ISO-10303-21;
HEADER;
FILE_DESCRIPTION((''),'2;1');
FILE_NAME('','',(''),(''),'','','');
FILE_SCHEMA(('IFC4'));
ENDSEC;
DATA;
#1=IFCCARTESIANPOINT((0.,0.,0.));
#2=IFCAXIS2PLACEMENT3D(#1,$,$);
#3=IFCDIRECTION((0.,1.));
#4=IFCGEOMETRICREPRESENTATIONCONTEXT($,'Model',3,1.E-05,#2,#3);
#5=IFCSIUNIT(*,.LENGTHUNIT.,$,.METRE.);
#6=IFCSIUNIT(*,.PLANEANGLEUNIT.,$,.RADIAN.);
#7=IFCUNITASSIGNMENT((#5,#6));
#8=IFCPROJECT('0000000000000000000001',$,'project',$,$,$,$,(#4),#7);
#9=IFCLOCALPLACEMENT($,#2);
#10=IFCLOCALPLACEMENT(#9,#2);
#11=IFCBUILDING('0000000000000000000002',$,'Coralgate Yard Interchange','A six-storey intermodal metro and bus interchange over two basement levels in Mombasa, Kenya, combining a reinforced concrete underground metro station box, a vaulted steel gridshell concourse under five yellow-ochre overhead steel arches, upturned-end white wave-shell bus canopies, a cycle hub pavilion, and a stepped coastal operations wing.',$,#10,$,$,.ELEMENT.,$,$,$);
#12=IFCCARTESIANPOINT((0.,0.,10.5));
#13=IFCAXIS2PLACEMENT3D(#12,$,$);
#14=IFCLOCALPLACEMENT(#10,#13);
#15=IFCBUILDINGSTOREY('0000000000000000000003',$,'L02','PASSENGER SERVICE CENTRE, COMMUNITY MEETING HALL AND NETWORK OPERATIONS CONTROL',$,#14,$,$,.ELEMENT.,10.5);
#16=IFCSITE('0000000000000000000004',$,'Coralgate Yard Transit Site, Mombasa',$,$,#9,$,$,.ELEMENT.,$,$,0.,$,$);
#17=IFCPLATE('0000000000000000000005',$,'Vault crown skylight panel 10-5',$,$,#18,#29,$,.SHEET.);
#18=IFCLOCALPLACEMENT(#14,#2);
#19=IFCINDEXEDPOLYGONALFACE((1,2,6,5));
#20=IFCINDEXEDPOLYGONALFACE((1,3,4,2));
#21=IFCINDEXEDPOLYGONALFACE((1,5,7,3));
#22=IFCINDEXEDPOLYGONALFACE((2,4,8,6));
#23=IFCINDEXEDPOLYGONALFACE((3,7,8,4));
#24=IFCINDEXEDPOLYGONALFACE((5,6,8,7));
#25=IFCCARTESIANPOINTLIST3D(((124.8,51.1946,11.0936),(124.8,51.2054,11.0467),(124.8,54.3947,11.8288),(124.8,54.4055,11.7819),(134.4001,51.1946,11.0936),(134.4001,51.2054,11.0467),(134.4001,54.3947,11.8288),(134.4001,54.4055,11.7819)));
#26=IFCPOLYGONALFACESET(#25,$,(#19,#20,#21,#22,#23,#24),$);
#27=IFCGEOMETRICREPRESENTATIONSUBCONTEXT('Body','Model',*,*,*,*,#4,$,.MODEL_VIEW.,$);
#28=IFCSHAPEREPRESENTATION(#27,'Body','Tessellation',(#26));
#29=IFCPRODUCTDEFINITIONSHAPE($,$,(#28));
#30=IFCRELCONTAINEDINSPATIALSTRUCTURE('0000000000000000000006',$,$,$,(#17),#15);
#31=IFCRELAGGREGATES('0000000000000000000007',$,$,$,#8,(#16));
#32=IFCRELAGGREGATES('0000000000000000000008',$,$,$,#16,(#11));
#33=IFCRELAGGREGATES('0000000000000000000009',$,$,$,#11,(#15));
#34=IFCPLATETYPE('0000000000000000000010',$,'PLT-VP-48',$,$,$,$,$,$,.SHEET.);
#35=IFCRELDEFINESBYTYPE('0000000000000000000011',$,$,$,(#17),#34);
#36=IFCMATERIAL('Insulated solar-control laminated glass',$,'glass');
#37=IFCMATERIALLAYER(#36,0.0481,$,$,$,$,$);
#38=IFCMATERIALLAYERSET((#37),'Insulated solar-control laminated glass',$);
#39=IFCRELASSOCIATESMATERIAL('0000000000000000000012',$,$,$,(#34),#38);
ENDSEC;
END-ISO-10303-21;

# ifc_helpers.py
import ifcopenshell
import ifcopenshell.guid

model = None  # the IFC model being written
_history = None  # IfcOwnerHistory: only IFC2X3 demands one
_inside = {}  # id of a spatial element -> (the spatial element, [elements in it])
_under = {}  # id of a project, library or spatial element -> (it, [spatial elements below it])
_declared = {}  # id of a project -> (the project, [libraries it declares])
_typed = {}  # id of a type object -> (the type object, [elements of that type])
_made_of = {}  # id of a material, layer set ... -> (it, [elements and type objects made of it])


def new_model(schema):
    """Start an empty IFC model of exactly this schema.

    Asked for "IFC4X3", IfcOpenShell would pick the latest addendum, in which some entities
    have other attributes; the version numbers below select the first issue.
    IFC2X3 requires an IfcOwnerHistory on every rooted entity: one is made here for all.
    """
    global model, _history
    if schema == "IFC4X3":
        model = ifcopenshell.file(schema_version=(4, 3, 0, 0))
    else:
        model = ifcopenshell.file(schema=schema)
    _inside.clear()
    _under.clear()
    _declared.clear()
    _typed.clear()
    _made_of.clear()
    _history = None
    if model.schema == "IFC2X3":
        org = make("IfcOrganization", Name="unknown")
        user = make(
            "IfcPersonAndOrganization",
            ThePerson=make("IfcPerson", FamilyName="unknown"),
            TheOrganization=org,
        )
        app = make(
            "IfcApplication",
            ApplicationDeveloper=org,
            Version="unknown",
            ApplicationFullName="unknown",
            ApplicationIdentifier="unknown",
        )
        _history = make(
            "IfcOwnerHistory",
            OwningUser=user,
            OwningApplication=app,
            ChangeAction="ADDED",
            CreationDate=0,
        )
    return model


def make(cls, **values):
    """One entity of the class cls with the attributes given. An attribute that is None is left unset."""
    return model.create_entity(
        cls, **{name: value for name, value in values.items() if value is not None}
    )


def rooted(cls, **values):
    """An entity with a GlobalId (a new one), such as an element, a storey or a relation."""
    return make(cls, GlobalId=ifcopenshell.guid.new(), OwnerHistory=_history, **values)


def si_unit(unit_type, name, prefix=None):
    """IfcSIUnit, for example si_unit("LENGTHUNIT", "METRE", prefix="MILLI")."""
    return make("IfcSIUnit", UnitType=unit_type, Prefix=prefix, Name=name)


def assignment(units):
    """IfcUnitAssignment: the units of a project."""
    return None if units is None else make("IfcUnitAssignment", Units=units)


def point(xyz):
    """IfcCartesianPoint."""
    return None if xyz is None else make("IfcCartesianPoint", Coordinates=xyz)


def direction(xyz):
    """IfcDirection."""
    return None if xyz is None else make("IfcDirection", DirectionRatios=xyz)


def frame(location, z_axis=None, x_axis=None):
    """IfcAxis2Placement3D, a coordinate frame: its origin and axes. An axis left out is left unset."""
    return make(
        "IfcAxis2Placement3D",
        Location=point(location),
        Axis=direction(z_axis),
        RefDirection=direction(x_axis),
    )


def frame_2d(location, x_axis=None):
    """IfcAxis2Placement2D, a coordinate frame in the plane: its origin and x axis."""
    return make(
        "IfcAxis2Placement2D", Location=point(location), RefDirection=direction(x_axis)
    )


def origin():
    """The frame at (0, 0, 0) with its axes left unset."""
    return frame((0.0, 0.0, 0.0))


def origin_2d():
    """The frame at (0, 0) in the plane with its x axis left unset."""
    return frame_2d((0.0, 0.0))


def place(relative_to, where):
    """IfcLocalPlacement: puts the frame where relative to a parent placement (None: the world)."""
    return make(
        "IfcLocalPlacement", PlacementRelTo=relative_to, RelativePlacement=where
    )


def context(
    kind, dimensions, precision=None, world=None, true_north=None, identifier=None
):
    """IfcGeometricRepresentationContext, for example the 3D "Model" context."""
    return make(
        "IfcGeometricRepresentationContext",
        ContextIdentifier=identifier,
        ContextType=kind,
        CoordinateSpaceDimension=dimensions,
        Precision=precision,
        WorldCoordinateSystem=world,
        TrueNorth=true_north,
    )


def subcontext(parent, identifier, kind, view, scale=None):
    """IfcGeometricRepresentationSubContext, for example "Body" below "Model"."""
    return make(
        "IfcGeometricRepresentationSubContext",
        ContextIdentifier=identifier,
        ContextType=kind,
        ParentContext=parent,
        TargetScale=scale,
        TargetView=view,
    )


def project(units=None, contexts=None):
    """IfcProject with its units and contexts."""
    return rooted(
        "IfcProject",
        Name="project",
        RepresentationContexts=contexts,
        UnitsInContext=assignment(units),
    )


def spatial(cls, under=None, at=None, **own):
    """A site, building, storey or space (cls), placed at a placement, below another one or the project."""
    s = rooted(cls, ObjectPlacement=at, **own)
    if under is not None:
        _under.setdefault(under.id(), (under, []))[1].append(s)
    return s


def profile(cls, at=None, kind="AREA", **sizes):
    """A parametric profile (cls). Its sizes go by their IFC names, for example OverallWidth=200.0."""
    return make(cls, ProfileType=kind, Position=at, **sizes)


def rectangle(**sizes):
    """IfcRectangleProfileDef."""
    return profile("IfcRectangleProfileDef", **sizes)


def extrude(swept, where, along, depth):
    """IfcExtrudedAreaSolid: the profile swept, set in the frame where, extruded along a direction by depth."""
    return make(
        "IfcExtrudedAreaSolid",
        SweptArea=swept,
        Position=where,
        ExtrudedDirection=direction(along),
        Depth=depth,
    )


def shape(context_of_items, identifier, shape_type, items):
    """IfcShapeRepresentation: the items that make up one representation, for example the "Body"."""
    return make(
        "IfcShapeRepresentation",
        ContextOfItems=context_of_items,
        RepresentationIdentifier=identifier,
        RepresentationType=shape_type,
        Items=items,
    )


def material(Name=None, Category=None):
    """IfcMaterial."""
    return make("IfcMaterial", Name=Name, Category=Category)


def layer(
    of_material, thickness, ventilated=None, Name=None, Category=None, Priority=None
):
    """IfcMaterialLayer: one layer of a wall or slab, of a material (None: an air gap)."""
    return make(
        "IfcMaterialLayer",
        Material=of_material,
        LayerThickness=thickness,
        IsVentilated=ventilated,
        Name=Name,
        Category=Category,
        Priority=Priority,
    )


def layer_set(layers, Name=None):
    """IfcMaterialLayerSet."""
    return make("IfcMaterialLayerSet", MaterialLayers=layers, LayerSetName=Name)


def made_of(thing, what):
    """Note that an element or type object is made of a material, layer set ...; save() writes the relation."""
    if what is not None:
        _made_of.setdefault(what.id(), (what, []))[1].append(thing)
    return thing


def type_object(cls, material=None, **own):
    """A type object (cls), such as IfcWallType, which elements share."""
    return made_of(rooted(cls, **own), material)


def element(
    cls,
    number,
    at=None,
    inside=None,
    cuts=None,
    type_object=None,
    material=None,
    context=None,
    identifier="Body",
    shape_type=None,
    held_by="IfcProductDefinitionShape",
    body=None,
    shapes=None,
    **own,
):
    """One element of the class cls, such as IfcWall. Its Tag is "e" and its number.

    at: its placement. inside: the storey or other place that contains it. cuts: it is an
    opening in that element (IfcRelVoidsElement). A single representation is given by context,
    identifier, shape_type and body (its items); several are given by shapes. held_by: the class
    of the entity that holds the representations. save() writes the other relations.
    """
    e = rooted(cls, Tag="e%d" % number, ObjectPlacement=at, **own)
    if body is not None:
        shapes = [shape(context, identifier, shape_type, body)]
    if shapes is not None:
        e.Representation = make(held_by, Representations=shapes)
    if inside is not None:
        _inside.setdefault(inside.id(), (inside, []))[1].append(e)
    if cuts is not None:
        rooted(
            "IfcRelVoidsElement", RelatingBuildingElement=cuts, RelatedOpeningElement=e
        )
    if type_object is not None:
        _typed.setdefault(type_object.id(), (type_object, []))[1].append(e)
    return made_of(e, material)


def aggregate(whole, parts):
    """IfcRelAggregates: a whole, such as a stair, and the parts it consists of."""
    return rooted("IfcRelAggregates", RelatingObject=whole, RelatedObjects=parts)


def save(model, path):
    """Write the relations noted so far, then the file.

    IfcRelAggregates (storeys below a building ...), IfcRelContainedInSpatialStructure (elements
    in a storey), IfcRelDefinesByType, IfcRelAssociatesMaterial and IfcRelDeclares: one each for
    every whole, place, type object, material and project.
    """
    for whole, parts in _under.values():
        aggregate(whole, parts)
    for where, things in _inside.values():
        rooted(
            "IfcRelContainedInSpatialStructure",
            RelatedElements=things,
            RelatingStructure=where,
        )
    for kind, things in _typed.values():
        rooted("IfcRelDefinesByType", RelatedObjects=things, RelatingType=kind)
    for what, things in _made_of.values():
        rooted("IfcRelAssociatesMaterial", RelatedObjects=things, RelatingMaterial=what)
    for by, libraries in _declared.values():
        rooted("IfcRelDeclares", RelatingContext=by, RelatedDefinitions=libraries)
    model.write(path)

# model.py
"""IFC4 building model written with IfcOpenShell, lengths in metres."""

from ifc_helpers import new_model, si_unit, direction, frame, origin, origin_2d, place, context, subcontext, project, spatial, rectangle, extrude, material, layer, layer_set, type_object, element, save


model = new_model("IFC4")

# Units and contexts
model_context = context("Model", 3, precision=1e-05, world=origin(), true_north=direction((0.0, 1.0)))
body_context = subcontext(model_context, "Body", "Model", "MODEL_VIEW")
ifc_project = project(units=[si_unit("LENGTHUNIT", "METRE"), si_unit("PLANEANGLEUNIT", "RADIAN")], contexts=[model_context])

# Site, building, storey
site_placement = place(None, origin())
site = spatial("IfcSite", under=ifc_project, at=site_placement, Name="Coralgate Yard Transit Site, Mombasa", CompositionType="ELEMENT", RefElevation=0.0)
building_placement = place(site_placement, origin())
building = spatial("IfcBuilding", under=site, at=building_placement, Name="Coralgate Yard Interchange", Description="A six-storey intermodal metro and bus interchange over two basement levels in Mombasa, Kenya, combining a reinforced concrete underground metro station box, a vaulted steel gridshell concourse under five yellow-ochre overhead steel arches, upturned-end white wave-shell bus canopies, a cycle hub pavilion, and a stepped coastal operations wing.", CompositionType="ELEMENT")
storey_placement = place(building_placement, frame((0.0, 0.0, 10.5)))
storey = spatial("IfcBuildingStorey", under=building, at=storey_placement, Name="L02", Description="PASSENGER SERVICE CENTRE, COMMUNITY MEETING HALL AND NETWORK OPERATIONS CONTROL", CompositionType="ELEMENT", Elevation=10.5)

# Plate
ifc_material_1 = material(Name="Insulated solar-control laminated glass", Category="glass")
ifc_layer_1 = layer(ifc_material_1, 0.0481)
ifc_layer_set_1 = layer_set([ifc_layer_1], Name="Insulated solar-control laminated glass")
plate_type_1 = type_object("IfcPlateType", Name="PLT-VP-48", PredefinedType="SHEET", material=ifc_layer_set_1)
for number, where, z_axis, x_axis, name in (
    (1, (129.6001, 52.8054, 11.4143), (0.0, -0.223916, 0.974608), (1.0, 0.0, 0.0), "Vault crown skylight panel 10-5"),
):
    element("IfcPlate", number, at=place(storey_placement, frame(where, z_axis=z_axis, x_axis=x_axis)), inside=storey, type_object=plate_type_1, Name=name, PredefinedType="SHEET", context=body_context, shape_type="SweptSolid", body=[
        extrude(rectangle(XDim=9.6001, YDim=3.2834, at=origin_2d()), origin(), (0.0, 0.0, 1.0), 0.0481),
    ])

save(model, "model.ifc")
